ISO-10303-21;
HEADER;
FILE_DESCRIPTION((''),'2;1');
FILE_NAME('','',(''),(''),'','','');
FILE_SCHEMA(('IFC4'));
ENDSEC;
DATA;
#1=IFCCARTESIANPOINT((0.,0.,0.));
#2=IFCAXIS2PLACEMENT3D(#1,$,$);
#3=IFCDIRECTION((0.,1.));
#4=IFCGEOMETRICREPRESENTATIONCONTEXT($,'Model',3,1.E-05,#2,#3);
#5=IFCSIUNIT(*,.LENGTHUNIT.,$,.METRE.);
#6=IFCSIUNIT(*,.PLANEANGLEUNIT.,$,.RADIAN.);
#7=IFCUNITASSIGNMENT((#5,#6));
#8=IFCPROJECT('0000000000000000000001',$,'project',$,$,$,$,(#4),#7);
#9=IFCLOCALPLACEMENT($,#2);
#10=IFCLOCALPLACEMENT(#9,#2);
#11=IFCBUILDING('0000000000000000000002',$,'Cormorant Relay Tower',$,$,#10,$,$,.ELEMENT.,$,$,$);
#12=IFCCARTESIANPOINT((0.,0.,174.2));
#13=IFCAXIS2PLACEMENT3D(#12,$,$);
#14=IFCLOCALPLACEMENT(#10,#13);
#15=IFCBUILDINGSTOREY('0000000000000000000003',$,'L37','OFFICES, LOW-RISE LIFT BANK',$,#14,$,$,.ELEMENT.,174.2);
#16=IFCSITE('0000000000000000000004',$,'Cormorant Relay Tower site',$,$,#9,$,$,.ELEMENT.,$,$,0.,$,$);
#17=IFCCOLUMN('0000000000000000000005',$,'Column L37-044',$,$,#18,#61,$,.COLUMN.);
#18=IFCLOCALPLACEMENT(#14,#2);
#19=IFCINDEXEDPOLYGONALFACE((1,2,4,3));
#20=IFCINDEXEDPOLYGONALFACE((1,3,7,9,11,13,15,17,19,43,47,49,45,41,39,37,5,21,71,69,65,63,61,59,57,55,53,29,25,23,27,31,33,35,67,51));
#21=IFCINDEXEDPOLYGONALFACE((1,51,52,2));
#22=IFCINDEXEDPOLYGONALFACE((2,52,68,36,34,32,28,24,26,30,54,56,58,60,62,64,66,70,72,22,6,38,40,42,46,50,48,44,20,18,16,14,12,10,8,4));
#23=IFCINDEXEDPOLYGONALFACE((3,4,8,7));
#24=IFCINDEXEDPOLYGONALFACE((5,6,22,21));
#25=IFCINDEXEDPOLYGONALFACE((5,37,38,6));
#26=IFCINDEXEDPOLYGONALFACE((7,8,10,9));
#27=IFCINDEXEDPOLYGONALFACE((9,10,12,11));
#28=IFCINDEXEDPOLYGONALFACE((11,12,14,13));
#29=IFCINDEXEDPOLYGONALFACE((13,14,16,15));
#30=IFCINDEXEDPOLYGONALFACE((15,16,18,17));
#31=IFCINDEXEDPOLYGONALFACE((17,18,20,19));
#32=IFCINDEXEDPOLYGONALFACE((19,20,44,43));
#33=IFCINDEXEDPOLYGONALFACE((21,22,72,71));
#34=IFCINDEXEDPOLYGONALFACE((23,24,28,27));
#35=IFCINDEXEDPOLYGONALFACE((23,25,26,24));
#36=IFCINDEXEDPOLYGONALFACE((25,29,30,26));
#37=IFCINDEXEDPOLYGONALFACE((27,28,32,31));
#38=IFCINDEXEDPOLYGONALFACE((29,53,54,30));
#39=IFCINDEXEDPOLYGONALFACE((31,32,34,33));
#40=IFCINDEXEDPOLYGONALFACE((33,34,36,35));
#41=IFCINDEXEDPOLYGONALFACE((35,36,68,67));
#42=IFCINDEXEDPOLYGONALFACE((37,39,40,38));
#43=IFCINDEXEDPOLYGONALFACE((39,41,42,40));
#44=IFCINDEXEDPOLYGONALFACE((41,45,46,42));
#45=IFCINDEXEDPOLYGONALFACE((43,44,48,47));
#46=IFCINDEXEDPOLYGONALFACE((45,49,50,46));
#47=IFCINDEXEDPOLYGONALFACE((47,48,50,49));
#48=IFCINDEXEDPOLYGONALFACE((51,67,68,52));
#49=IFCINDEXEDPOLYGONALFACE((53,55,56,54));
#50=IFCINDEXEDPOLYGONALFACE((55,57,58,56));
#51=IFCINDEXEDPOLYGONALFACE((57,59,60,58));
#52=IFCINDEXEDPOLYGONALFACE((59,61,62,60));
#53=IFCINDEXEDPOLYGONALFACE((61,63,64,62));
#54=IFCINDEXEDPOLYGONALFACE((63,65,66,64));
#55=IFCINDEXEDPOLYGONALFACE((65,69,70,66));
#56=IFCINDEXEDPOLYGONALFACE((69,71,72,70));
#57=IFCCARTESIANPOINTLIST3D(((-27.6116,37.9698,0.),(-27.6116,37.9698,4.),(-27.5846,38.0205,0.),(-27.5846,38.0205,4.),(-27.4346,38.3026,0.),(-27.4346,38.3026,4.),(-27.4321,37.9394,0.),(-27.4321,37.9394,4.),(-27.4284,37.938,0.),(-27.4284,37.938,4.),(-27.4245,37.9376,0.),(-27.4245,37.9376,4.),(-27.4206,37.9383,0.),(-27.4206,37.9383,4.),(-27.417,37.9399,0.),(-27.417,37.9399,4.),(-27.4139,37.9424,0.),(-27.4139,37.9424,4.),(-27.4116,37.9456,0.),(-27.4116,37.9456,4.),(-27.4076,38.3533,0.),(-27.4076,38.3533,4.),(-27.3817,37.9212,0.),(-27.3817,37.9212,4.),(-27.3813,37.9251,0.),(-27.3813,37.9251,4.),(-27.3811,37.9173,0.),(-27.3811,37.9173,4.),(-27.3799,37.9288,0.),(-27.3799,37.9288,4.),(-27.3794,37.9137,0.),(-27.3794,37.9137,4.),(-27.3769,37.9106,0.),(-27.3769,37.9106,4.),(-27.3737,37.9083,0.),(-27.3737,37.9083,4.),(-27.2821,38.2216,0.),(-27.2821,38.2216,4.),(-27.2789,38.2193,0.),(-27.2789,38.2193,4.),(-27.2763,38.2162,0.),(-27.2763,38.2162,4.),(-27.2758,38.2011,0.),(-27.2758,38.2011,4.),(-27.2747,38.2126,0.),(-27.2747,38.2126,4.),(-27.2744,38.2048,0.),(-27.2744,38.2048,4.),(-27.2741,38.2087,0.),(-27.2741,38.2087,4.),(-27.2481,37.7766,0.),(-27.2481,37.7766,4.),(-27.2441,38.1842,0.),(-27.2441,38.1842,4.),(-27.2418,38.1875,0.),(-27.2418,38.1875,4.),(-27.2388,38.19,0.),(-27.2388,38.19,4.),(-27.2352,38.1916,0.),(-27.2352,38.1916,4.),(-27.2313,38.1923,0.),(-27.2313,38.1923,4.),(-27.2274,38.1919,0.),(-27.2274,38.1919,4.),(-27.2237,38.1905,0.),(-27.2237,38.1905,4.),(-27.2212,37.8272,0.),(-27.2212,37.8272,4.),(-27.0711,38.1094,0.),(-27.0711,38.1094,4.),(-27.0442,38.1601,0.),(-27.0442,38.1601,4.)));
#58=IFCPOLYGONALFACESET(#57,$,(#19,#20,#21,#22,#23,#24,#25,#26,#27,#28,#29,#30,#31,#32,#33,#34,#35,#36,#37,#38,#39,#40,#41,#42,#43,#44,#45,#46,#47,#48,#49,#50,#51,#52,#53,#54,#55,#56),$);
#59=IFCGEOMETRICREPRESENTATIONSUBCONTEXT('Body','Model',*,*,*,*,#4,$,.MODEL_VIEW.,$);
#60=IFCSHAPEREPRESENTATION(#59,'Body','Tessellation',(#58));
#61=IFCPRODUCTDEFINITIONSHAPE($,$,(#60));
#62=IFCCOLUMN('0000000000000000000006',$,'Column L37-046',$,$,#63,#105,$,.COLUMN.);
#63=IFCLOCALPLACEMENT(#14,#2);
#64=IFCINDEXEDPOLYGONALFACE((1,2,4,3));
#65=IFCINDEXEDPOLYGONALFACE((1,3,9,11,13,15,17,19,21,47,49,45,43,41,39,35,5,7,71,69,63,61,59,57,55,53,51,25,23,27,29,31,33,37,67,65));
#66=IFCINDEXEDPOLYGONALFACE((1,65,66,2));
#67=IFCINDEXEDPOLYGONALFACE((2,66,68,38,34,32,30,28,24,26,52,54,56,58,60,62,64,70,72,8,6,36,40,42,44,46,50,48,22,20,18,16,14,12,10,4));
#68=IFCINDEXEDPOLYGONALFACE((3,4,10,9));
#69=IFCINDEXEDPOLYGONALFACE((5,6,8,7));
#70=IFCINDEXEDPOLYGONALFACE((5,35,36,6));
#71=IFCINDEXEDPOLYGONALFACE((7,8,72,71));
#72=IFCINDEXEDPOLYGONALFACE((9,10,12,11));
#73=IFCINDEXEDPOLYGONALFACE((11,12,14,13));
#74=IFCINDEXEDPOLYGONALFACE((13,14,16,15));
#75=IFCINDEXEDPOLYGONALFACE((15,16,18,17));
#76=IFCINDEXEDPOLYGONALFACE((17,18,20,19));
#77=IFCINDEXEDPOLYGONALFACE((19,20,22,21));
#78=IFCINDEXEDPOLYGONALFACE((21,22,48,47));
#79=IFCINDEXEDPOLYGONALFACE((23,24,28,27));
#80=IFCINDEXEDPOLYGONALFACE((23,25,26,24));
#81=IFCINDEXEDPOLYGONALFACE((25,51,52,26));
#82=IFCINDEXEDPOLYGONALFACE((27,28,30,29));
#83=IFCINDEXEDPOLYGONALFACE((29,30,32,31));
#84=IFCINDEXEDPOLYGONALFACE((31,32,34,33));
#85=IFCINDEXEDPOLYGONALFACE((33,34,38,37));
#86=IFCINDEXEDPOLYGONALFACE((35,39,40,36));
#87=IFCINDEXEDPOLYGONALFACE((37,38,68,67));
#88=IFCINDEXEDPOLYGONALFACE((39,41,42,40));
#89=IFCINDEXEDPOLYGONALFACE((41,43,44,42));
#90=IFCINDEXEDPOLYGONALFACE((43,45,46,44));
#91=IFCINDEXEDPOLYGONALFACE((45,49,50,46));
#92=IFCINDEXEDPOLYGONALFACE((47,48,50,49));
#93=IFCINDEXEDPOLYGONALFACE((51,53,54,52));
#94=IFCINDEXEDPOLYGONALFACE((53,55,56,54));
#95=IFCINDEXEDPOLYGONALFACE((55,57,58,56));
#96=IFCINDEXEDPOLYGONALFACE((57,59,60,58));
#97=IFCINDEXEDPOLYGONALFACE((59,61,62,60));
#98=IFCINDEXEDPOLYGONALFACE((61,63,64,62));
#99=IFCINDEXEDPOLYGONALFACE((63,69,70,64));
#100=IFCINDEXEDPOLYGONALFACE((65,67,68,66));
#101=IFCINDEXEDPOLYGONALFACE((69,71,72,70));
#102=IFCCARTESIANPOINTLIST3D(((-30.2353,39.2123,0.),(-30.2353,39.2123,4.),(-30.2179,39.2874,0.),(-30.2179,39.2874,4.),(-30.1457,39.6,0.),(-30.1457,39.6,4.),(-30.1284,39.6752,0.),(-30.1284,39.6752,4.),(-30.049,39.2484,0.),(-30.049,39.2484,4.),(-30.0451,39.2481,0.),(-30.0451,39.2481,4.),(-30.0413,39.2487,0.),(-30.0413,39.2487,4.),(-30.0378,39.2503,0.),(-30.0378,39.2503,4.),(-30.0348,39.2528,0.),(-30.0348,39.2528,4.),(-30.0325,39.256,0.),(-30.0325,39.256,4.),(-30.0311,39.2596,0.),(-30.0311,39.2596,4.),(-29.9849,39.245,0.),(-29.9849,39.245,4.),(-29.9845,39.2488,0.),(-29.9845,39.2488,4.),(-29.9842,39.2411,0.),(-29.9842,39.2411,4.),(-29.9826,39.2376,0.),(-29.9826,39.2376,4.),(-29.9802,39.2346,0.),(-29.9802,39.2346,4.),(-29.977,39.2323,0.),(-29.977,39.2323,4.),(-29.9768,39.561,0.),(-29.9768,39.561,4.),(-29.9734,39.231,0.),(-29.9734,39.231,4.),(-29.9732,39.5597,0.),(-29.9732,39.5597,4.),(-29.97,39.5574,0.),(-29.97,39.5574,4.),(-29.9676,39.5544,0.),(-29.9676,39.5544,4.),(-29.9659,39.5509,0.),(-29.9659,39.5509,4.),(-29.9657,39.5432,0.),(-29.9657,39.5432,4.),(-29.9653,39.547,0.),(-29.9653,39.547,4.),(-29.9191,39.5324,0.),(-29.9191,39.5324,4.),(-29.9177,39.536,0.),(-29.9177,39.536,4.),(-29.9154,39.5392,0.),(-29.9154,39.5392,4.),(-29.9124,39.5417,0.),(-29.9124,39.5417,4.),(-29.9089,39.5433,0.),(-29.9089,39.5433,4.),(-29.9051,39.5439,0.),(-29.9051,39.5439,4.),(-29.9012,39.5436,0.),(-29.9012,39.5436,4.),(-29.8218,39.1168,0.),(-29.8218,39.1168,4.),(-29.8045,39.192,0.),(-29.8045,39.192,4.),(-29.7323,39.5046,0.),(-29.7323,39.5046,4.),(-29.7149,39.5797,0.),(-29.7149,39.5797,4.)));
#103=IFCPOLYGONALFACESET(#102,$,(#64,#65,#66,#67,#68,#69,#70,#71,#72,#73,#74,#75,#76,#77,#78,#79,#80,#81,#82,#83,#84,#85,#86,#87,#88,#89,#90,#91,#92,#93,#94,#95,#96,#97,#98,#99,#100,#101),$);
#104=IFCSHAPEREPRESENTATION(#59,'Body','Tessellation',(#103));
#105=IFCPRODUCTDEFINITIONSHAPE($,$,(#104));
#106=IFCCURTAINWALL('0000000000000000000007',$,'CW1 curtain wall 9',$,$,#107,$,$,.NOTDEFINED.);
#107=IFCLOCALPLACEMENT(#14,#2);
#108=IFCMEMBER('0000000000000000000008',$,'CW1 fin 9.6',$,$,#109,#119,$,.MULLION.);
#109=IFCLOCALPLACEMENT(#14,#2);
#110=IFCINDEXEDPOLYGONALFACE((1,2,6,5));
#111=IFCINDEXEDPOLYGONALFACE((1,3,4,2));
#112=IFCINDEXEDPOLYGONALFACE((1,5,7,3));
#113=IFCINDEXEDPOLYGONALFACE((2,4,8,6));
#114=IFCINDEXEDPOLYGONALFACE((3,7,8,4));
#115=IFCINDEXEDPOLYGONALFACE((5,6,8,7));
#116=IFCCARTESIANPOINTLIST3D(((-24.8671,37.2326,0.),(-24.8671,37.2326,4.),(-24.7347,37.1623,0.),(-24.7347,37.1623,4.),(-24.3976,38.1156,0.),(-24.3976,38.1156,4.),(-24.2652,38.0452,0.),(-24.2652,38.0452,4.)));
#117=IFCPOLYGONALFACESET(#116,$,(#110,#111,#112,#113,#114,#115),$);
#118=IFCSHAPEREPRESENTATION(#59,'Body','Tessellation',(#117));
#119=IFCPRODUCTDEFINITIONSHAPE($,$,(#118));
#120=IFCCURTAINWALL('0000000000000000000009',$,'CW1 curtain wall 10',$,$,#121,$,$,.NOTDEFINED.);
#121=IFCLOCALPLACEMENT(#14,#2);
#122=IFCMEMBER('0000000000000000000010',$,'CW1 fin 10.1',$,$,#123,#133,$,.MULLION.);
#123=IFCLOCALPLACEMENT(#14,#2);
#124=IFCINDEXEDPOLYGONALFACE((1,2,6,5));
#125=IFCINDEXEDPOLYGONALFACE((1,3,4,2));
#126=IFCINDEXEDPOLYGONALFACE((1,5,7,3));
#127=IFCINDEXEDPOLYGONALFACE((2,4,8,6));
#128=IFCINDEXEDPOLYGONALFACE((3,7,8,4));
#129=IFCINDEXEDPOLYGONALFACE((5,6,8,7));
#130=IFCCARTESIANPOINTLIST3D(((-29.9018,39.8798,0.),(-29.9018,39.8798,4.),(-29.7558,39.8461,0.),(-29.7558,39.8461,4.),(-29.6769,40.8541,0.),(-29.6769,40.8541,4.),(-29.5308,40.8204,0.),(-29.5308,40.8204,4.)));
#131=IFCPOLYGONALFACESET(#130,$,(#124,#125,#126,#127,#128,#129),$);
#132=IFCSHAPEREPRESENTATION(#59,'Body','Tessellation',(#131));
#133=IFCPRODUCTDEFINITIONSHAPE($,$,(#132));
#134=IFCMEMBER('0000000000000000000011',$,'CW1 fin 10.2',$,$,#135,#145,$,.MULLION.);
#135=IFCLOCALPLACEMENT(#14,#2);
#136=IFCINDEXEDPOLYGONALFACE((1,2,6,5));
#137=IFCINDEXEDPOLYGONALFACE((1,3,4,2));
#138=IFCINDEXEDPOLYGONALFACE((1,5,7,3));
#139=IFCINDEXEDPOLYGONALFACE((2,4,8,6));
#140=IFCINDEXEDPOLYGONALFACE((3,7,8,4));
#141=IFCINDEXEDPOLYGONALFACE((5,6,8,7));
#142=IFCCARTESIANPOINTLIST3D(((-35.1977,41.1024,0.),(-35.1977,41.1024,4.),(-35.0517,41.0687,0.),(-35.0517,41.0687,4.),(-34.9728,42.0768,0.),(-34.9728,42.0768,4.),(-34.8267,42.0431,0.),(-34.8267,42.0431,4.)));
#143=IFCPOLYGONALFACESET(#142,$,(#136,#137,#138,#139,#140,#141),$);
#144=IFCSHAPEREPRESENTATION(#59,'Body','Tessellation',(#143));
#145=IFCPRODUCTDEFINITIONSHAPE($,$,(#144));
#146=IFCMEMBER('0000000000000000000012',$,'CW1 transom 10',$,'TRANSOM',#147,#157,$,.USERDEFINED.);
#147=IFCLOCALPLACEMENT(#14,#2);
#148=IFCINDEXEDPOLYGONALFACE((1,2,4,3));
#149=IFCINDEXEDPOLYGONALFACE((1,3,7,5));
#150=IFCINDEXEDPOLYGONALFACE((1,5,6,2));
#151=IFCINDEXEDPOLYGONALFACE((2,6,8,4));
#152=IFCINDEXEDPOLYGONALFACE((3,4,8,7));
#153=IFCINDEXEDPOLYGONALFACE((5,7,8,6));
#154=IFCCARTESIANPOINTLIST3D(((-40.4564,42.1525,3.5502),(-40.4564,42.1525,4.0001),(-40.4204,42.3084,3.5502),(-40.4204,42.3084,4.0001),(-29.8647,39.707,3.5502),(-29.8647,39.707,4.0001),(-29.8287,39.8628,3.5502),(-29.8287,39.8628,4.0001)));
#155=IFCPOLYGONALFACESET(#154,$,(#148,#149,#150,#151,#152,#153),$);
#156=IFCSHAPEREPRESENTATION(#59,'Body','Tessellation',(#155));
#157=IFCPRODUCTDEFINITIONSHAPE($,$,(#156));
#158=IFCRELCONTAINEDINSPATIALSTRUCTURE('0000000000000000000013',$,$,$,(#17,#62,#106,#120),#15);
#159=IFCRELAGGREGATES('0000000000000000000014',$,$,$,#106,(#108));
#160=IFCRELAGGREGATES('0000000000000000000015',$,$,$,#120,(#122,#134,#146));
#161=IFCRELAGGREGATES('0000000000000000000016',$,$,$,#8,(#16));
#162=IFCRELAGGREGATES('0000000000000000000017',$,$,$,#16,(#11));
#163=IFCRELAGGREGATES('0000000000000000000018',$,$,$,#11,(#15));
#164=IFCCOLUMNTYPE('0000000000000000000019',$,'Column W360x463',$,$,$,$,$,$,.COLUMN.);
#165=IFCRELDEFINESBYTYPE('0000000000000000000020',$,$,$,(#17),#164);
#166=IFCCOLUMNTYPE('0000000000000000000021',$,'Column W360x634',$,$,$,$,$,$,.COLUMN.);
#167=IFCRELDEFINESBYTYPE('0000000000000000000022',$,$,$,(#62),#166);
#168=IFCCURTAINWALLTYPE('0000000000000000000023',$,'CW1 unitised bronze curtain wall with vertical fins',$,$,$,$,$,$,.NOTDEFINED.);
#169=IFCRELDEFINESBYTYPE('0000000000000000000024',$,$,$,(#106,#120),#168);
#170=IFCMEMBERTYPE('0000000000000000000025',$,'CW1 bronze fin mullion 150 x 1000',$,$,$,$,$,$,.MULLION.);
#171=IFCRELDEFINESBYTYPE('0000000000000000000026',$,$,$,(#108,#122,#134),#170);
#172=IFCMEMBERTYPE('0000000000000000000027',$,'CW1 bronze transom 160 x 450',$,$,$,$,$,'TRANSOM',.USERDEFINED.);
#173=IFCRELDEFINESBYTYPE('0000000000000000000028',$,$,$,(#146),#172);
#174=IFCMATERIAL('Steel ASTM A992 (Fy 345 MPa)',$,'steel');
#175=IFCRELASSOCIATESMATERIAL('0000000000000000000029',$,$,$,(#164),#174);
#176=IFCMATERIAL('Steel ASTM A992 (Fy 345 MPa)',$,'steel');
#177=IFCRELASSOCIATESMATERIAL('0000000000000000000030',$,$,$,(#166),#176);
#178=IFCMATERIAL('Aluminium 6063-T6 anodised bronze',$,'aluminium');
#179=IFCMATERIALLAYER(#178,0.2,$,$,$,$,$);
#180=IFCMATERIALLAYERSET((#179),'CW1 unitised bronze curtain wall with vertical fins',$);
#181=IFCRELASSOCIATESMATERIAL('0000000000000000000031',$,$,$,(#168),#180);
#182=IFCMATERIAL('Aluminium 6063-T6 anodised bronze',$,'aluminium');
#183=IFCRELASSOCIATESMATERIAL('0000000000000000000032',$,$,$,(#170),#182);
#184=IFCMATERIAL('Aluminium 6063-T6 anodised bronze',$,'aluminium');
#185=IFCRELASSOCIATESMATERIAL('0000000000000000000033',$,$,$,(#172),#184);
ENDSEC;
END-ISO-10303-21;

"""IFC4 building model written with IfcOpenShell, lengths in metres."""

from ifc_helpers import new_model, si_unit, direction, frame, origin, origin_2d, place, context, subcontext, project, spatial, rectangle, i_section, extrude, material, layer, layer_set, material_profile, profile_set, type_object, element, aggregate, save


model = new_model("IFC4")

# Units and contexts
model_context = context("Model", 3, precision=1e-05, world=origin(), true_north=direction((0.0, 1.0)))
body_context = subcontext(model_context, "Body", "Model", "MODEL_VIEW")
ifc_project = project(units=[si_unit("LENGTHUNIT", "METRE"), si_unit("PLANEANGLEUNIT", "RADIAN")], contexts=[model_context])

# Site, building, storey
site_placement = place(None, origin())
site = spatial("IfcSite", under=ifc_project, at=site_placement, Name="Cormorant Relay Tower site", CompositionType="ELEMENT", RefElevation=0.0)
building_placement = place(site_placement, origin())
building = spatial("IfcBuilding", under=site, at=building_placement, Name="Cormorant Relay Tower", CompositionType="ELEMENT")
storey_placement = place(building_placement, frame((0.0, 0.0, 174.2)))
storey = spatial("IfcBuildingStorey", under=building, at=storey_placement, Name="L37", Description="OFFICES, LOW-RISE LIFT BANK", CompositionType="ELEMENT", Elevation=174.2)

# Columns
ifc_material_1 = material(Name="Steel ASTM A992 (Fy 345 MPa)", Category="steel")
ifc_material_profile_1 = material_profile(ifc_material_1, i_section(OverallWidth=0.4116, OverallDepth=0.4343, WebThickness=0.0359, FlangeThickness=0.0574, FilletRadius=0.0151, at=origin_2d()), Name="W360x463")
ifc_profile_set_1 = profile_set([ifc_material_profile_1], Name="Steel ASTM A992 (Fy 345 MPa)")
column_type_1 = type_object("IfcColumnType", Name="Column W360x463", PredefinedType="COLUMN", material=ifc_profile_set_1)
column_1_placement = place(storey_placement, frame((-27.3279, 38.0649, 0.0), z_axis=(0.0, 0.0, 1.0), x_axis=(-0.882948, 0.469472, 0.0)))
element("IfcColumn", 1, at=column_1_placement, inside=storey, type_object=column_type_1, Name="Column L37-044", PredefinedType="COLUMN", context=body_context, shape_type="SweptSolid", body=[
    extrude(i_section(OverallWidth=0.4116, OverallDepth=0.4343, WebThickness=0.0359, FlangeThickness=0.0574, FilletRadius=0.0151, at=origin_2d()), origin(), (0.0, 0.0, 1.0), 4.0),
])
ifc_material_2 = material(Name="Steel ASTM A992 (Fy 345 MPa)", Category="steel")
ifc_material_profile_2 = material_profile(ifc_material_2, i_section(OverallWidth=0.4243, OverallDepth=0.4751, WebThickness=0.0479, FlangeThickness=0.0771, FilletRadius=0.0149, at=origin_2d()), Name="W360x634")
ifc_profile_set_2 = profile_set([ifc_material_profile_2], Name="Steel ASTM A992 (Fy 345 MPa)")
column_type_2 = type_object("IfcColumnType", Name="Column W360x634", PredefinedType="COLUMN", material=ifc_profile_set_2)
column_2_placement = place(storey_placement, frame((-29.9751, 39.396, 0.0), z_axis=(0.0, 0.0, 1.0), x_axis=(-0.97437, 0.224951, 0.0)))
element("IfcColumn", 2, at=column_2_placement, inside=storey, type_object=column_type_2, Name="Column L37-046", PredefinedType="COLUMN", context=body_context, shape_type="SweptSolid", body=[
    extrude(i_section(OverallWidth=0.4243, OverallDepth=0.4751, WebThickness=0.0479, FlangeThickness=0.0771, FilletRadius=0.0149, at=origin_2d()), origin(), (0.0, 0.0, 1.0), 4.0),
])

# Curtain wall, member
ifc_material_3 = material(Name="Aluminium 6063-T6 anodised bronze", Category="aluminium")
ifc_layer_1 = layer(ifc_material_3, 0.2)
ifc_layer_set_1 = layer_set([ifc_layer_1], Name="CW1 unitised bronze curtain wall with vertical fins")
curtain_wall_type = type_object("IfcCurtainWallType", Name="CW1 unitised bronze curtain wall with vertical fins", PredefinedType="NOTDEFINED", material=ifc_layer_set_1)
curtain_wall_1_placement = place(storey_placement, origin())
curtain_wall_1 = element("IfcCurtainWall", 3, at=curtain_wall_1_placement, inside=storey, type_object=curtain_wall_type, Name="CW1 curtain wall 9", PredefinedType="NOTDEFINED")
ifc_material_4 = material(Name="Aluminium 6063-T6 anodised bronze", Category="aluminium")
ifc_material_profile_3 = material_profile(ifc_material_4, rectangle(XDim=0.1499, YDim=1.0, at=origin_2d()), Name="AL 150x1000")
ifc_profile_set_3 = profile_set([ifc_material_profile_3], Name="Aluminium 6063-T6 anodised bronze")
member_type_1 = type_object("IfcMemberType", Name="CW1 bronze fin mullion 150 x 1000", PredefinedType="MULLION", material=ifc_profile_set_3)
member_1_placement = place(storey_placement, frame((-24.5662, 37.6389, 0.0), z_axis=(0.0, 0.0, 1.0), x_axis=(-0.882948, 0.469472, 0.0)))
member_1 = element("IfcMember", 4, at=member_1_placement, type_object=member_type_1, Name="CW1 fin 9.6", PredefinedType="MULLION", context=body_context, shape_type="SweptSolid", body=[
    extrude(rectangle(XDim=0.1499, YDim=1.0, at=origin_2d()), origin(), (0.0, 0.0, 1.0), 4.0),
])

# Curtain wall, members
curtain_wall_2_placement = place(storey_placement, origin())
curtain_wall_2 = element("IfcCurtainWall", 5, at=curtain_wall_2_placement, inside=storey, type_object=curtain_wall_type, Name="CW1 curtain wall 10", PredefinedType="NOTDEFINED")
member_2_placement = place(storey_placement, frame((-29.7163, 40.3501, 0.0), z_axis=(0.0, 0.0, 1.0), x_axis=(-0.97437, 0.224951, 0.0)))
member_2 = element("IfcMember", 6, at=member_2_placement, type_object=member_type_1, Name="CW1 fin 10.1", PredefinedType="MULLION", context=body_context, shape_type="SweptSolid", body=[
    extrude(rectangle(XDim=0.1499, YDim=1.0, at=origin_2d()), origin(), (0.0, 0.0, 1.0), 4.0),
])
member_3_placement = place(storey_placement, frame((-35.0122, 41.5728, 0.0), z_axis=(0.0, 0.0, 1.0), x_axis=(-0.97437, 0.224951, 0.0)))
member_3 = element("IfcMember", 7, at=member_3_placement, type_object=member_type_1, Name="CW1 fin 10.2", PredefinedType="MULLION", context=body_context, shape_type="SweptSolid", body=[
    extrude(rectangle(XDim=0.1499, YDim=1.0, at=origin_2d()), origin(), (0.0, 0.0, 1.0), 4.0),
])
ifc_material_5 = material(Name="Aluminium 6063-T6 anodised bronze", Category="aluminium")
ifc_material_profile_4 = material_profile(ifc_material_5, rectangle(XDim=0.1599, YDim=0.45, at=origin_2d()), Name="AL 160x450")
ifc_profile_set_4 = profile_set([ifc_material_profile_4], Name="Aluminium 6063-T6 anodised bronze")
member_type_2 = type_object("IfcMemberType", Name="CW1 bronze transom 160 x 450", ElementType="TRANSOM", PredefinedType="USERDEFINED", material=ifc_profile_set_4)
member_4_placement = place(storey_placement, frame((-29.8467, 39.7849, 3.7751), z_axis=(-0.974365, 0.224973, 0.0), x_axis=(-0.224973, -0.974365, 0.0)))
member_4 = element("IfcMember", 8, at=member_4_placement, type_object=member_type_2, Name="CW1 transom 10", ObjectType="TRANSOM", PredefinedType="USERDEFINED", context=body_context, shape_type="SweptSolid", body=[
    extrude(rectangle(XDim=0.1599, YDim=0.45, at=origin_2d()), origin(), (0.0, 0.0, 1.0), 10.8704),
])

aggregate(curtain_wall_1, [member_1])

aggregate(curtain_wall_2, [member_2, member_3, member_4])

save(model, "model.ifc")
